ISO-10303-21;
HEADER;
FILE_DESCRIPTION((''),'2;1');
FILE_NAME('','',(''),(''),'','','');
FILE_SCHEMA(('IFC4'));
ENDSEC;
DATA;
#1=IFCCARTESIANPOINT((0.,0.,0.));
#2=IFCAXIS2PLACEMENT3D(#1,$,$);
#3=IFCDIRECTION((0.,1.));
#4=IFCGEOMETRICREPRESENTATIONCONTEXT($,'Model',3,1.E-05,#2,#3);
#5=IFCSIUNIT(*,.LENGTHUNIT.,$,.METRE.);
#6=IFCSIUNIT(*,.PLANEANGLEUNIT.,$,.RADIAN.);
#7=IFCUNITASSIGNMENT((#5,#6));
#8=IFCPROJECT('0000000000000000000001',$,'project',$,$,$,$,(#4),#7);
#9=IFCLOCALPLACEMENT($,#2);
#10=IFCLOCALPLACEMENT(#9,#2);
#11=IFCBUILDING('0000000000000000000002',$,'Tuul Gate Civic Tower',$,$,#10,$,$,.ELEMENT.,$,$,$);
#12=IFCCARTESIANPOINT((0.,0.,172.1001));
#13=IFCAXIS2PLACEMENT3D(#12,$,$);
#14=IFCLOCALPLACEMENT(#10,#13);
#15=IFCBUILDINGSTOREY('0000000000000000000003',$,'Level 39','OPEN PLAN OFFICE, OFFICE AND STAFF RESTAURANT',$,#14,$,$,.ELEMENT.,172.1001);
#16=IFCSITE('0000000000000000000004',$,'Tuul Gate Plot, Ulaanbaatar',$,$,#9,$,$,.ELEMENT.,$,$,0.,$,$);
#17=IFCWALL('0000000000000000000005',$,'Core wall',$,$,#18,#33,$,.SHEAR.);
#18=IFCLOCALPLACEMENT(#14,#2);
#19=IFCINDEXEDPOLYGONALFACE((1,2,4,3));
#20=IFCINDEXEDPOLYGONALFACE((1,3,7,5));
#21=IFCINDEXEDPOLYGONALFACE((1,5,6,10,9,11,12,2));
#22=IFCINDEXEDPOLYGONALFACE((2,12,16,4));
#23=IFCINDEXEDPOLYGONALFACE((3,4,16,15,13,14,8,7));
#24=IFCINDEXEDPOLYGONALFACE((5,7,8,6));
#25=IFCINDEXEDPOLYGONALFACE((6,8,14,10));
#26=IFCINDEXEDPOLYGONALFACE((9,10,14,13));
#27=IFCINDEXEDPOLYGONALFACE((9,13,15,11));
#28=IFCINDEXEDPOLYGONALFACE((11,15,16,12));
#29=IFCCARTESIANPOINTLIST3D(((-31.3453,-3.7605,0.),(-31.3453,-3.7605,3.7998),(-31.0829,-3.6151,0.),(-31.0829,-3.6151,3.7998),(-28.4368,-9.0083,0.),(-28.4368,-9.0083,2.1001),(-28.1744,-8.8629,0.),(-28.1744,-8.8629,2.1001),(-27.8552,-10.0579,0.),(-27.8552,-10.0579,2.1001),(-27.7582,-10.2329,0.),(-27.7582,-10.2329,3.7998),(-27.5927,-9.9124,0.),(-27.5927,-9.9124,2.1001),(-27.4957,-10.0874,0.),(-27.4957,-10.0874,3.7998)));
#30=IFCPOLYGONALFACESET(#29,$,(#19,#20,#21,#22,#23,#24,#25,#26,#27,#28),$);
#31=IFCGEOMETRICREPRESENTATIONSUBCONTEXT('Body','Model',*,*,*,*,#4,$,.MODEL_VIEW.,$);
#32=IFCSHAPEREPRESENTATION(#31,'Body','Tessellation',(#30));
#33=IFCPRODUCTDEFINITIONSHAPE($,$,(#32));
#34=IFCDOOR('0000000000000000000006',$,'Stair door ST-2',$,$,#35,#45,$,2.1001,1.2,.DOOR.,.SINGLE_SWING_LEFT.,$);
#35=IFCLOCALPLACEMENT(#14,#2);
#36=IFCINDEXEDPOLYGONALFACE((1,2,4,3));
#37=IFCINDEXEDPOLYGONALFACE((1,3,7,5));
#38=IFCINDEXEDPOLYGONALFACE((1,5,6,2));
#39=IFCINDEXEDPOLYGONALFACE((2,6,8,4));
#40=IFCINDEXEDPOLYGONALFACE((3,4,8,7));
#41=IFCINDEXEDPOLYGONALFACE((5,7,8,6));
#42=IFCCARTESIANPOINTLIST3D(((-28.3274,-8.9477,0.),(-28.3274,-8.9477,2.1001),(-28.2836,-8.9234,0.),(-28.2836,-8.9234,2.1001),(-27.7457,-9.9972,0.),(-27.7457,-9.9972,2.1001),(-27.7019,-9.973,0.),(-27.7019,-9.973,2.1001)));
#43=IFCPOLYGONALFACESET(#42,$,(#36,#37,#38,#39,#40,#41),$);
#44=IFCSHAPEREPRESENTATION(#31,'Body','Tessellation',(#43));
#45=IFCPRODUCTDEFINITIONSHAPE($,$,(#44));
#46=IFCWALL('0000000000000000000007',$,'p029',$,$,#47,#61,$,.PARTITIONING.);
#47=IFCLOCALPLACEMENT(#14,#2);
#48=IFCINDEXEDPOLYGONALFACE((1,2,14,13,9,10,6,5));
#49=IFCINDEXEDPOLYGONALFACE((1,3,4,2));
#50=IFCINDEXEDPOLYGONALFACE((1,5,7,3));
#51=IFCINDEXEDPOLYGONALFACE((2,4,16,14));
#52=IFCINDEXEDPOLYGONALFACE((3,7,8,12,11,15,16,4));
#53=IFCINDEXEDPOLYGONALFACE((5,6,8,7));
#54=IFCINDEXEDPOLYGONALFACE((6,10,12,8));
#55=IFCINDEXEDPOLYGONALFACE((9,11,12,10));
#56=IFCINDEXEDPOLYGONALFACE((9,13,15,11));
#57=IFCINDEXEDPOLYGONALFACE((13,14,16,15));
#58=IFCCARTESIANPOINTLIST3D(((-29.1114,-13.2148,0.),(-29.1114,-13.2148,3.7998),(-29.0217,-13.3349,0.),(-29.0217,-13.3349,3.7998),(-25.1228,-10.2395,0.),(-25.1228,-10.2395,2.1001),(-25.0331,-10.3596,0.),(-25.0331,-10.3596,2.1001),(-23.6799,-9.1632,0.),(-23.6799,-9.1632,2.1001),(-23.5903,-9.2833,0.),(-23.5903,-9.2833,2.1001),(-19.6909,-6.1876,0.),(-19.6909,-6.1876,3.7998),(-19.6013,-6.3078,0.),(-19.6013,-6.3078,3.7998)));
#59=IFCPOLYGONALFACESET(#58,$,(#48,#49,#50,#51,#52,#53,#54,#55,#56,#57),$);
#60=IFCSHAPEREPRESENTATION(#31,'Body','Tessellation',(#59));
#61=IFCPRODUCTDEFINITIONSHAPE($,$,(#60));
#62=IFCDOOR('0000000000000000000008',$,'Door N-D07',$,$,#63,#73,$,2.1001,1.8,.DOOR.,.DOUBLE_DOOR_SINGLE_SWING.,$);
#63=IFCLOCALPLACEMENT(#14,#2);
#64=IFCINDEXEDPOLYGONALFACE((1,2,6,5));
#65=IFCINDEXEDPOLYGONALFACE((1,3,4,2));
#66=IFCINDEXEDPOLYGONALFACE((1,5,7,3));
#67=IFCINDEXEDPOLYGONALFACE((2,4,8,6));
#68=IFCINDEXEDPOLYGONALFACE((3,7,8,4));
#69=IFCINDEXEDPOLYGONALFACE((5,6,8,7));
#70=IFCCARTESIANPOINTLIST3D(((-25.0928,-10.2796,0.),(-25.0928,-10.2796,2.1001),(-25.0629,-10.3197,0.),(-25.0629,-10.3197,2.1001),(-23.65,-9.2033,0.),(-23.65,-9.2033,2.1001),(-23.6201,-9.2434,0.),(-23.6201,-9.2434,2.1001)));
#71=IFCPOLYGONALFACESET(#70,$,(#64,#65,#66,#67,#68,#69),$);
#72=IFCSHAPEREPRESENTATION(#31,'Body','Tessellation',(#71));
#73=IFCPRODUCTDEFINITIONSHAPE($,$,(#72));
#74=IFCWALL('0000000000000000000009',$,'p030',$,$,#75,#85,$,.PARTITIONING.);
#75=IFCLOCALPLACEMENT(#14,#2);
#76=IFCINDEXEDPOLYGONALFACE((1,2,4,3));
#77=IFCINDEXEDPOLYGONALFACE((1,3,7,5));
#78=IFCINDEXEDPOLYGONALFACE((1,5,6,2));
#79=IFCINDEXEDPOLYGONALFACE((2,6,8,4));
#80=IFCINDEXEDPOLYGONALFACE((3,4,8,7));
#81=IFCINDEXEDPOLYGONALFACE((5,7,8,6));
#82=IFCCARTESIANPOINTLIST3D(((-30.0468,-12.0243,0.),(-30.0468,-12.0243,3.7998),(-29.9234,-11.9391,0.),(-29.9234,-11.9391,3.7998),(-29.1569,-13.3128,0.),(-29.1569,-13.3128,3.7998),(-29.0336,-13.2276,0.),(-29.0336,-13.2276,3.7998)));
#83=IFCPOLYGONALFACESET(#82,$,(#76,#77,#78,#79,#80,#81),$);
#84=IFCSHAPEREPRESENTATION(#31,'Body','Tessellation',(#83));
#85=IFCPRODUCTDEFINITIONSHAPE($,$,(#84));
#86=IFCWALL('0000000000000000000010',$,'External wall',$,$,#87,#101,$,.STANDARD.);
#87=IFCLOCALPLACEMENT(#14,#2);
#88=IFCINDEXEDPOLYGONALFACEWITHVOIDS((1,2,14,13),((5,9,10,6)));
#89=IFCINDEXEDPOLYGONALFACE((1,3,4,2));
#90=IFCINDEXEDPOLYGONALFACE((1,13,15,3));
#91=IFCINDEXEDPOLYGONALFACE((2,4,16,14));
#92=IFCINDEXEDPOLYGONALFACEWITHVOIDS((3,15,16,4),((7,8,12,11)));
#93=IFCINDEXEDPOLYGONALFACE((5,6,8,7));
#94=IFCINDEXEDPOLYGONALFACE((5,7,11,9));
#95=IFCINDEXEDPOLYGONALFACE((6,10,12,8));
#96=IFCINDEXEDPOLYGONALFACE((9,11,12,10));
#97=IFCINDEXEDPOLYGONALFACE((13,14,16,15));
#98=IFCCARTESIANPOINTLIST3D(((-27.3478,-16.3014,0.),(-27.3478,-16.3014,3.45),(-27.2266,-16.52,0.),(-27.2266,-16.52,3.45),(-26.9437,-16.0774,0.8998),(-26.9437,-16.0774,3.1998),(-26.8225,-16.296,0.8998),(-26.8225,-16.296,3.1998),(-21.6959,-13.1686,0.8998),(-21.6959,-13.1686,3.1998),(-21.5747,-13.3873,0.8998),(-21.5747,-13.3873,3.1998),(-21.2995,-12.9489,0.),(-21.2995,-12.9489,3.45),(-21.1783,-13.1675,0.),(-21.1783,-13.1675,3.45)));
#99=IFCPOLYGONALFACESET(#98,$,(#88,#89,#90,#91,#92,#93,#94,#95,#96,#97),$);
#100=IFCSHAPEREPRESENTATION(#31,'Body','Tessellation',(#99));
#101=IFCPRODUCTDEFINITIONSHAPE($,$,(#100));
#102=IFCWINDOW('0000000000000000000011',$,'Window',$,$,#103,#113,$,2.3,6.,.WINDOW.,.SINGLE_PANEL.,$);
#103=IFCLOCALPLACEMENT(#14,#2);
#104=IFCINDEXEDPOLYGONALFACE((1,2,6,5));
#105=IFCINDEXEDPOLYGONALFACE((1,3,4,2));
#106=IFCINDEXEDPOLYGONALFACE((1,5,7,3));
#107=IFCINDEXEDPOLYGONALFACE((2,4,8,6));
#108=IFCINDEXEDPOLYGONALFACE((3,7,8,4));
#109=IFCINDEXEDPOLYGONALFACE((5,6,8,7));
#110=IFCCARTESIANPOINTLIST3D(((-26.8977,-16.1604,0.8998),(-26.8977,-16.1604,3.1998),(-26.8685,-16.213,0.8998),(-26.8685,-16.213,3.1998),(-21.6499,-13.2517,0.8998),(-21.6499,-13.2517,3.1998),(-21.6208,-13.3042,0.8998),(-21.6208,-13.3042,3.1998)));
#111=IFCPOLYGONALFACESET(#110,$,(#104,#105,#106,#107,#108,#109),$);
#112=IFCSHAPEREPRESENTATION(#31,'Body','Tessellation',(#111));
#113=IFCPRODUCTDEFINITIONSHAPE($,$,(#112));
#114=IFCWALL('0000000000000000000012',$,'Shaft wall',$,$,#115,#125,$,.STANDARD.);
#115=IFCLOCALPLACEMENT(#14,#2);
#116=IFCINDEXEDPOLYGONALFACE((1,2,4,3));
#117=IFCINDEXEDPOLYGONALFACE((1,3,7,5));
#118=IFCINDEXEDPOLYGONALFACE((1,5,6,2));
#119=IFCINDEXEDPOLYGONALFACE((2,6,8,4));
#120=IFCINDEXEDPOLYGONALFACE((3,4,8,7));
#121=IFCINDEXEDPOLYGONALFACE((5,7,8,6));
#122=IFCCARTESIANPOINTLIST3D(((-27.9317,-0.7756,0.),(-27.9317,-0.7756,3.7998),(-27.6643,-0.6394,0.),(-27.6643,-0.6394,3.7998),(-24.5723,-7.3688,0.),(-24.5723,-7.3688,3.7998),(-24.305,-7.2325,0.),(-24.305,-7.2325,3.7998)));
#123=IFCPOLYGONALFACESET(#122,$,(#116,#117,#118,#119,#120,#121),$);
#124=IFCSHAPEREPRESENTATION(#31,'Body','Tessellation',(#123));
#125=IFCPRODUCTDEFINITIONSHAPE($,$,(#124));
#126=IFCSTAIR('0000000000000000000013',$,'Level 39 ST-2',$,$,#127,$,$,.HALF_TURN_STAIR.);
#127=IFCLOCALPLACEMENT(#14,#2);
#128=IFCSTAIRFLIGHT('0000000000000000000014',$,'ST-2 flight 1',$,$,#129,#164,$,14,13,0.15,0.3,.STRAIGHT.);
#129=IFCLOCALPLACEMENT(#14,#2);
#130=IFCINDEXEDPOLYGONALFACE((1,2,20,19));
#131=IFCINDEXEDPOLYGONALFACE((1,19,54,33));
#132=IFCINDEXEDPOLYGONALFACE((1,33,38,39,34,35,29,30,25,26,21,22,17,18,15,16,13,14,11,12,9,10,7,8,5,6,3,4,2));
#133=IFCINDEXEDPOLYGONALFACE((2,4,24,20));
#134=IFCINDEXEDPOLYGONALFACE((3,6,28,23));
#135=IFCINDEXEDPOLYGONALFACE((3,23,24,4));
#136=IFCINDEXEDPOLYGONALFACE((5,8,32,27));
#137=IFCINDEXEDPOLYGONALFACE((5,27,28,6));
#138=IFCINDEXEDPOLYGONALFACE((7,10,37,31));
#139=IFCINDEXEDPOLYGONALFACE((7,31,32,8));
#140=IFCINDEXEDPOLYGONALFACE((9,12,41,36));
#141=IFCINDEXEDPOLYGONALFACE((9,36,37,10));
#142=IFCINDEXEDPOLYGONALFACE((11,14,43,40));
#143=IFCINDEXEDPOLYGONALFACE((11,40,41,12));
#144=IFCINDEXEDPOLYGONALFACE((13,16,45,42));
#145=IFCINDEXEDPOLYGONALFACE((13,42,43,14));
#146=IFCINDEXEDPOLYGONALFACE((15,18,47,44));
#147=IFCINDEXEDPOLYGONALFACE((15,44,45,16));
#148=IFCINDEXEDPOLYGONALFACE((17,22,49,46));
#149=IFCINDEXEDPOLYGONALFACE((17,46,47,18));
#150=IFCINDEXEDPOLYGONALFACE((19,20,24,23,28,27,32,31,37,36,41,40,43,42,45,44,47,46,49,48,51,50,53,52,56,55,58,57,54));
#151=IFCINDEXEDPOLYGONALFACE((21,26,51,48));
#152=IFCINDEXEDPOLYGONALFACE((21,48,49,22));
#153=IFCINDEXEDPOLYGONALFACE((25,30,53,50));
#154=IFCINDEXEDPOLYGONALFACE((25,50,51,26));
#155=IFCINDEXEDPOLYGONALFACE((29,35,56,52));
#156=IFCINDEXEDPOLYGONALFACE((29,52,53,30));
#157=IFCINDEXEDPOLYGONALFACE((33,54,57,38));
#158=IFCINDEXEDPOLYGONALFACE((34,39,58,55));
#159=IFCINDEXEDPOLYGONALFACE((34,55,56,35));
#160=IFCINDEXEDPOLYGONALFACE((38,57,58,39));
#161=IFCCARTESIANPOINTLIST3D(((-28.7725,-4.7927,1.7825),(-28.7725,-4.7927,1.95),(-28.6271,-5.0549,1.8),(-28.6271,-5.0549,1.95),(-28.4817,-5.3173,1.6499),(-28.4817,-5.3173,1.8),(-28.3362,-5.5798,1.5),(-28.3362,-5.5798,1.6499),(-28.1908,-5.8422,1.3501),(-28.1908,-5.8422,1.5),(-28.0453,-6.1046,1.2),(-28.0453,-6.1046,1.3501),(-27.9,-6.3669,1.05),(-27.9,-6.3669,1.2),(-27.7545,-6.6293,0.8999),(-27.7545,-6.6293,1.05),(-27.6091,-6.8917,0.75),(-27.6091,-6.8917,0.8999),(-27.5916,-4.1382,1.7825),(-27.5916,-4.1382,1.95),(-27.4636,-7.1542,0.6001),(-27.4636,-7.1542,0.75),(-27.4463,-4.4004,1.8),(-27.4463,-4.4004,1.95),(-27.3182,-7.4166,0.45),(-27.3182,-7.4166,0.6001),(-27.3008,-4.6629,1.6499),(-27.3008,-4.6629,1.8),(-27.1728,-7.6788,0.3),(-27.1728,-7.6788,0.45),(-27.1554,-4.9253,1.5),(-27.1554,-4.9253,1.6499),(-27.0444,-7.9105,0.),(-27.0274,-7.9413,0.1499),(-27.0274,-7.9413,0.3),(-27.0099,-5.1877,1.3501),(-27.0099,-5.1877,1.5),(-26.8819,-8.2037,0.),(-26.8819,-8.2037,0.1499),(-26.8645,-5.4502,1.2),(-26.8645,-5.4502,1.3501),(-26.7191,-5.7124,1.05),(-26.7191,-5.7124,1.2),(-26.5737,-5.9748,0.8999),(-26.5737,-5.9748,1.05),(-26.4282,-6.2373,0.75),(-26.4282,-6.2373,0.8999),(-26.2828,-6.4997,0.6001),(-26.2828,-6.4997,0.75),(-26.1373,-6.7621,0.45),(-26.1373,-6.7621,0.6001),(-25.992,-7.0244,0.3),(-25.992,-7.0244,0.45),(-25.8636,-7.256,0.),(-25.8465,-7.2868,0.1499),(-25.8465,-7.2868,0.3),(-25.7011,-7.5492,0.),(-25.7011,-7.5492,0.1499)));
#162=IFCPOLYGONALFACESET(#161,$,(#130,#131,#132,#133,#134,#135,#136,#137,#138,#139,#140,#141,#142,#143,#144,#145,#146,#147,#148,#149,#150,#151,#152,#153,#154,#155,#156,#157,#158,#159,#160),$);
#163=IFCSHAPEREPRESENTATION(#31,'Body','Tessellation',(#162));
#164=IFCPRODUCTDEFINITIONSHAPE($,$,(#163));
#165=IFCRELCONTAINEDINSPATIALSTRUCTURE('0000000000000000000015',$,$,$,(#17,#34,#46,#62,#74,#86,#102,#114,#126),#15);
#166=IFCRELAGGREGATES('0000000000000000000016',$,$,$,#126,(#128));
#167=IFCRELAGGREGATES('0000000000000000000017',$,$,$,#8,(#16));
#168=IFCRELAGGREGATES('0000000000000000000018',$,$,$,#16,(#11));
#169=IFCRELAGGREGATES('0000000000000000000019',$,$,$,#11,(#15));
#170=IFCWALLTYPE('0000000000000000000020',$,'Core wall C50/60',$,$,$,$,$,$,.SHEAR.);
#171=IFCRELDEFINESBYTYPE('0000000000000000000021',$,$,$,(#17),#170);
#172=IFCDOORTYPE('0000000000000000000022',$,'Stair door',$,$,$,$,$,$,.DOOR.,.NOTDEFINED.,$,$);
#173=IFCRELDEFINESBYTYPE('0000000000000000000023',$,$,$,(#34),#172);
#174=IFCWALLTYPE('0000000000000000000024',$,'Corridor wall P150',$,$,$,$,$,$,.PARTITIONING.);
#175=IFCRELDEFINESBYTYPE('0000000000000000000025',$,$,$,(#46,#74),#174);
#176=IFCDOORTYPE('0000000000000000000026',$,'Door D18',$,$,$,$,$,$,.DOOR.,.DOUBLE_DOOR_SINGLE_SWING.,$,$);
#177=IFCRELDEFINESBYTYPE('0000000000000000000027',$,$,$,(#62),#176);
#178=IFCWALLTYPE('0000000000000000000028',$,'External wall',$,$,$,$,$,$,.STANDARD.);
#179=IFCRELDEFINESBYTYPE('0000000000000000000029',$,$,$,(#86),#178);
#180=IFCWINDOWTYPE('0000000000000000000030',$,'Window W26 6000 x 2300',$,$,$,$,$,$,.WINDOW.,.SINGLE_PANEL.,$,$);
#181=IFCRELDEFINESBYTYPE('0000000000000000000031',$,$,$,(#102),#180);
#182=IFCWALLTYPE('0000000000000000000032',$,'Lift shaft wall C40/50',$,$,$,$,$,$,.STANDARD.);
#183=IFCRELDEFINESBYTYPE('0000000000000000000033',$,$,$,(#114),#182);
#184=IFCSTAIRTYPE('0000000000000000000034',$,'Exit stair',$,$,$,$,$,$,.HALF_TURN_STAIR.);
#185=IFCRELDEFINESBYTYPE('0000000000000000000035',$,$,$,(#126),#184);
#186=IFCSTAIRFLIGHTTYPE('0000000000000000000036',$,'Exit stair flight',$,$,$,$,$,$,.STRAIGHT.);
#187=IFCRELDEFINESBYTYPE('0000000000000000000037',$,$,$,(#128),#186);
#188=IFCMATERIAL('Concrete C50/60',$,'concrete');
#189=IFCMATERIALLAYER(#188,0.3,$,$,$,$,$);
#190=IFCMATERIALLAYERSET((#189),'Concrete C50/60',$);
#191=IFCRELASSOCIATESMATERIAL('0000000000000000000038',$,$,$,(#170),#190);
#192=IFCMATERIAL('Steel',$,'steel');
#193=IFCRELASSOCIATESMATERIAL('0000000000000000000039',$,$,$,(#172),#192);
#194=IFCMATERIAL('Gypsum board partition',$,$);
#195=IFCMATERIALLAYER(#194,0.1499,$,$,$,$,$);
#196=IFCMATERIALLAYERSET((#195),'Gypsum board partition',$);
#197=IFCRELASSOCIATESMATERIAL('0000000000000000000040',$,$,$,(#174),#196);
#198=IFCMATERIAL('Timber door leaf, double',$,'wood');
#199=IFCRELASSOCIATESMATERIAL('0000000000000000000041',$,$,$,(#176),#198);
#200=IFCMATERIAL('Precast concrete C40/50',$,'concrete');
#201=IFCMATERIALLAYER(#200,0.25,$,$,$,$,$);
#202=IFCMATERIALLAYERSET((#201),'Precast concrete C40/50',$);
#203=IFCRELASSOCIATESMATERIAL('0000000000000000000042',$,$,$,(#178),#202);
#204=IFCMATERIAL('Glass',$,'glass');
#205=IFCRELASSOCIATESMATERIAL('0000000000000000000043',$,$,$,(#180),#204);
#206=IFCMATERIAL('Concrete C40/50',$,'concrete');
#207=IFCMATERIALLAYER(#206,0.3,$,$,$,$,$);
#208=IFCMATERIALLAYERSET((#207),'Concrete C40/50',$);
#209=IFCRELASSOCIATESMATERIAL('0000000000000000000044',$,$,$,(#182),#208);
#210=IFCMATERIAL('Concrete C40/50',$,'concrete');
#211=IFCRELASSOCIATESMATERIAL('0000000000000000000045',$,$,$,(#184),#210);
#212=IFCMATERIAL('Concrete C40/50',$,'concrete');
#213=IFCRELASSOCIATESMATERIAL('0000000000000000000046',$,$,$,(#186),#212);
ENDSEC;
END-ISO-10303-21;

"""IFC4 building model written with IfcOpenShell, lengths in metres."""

from ifc_helpers import new_model, si_unit, direction, frame, frame_2d, origin, place, context, subcontext, project, spatial, polyline, rectangle, outline, extrude, material, layer, layer_set, type_object, element, fill, aggregate, save


model = new_model("IFC4")

# Units and contexts
model_context = context("Model", 3, precision=1e-05, world=origin(), true_north=direction((0.0, 1.0)))
body_context = subcontext(model_context, "Body", "Model", "MODEL_VIEW")
ifc_project = project(units=[si_unit("LENGTHUNIT", "METRE"), si_unit("PLANEANGLEUNIT", "RADIAN")], contexts=[model_context])

# Site, building, storey
site_placement = place(None, origin())
site = spatial("IfcSite", under=ifc_project, at=site_placement, Name="Tuul Gate Plot, Ulaanbaatar", CompositionType="ELEMENT", RefElevation=0.0)
building_placement = place(site_placement, origin())
building = spatial("IfcBuilding", under=site, at=building_placement, Name="Tuul Gate Civic Tower", CompositionType="ELEMENT")
storey_placement = place(building_placement, frame((0.0, 0.0, 172.1001)))
storey = spatial("IfcBuildingStorey", under=building, at=storey_placement, Name="Level 39", Description="OPEN PLAN OFFICE, OFFICE AND STAFF RESTAURANT", CompositionType="ELEMENT", Elevation=172.1001)

# Shared definitions
ifc_material_1 = material(Name="Concrete C50/60", Category="concrete")
ifc_layer_1 = layer(ifc_material_1, 0.3)
ifc_layer_set_1 = layer_set([ifc_layer_1], Name="Concrete C50/60")
wall_type_1 = type_object("IfcWallType", Name="Core wall C50/60", PredefinedType="SHEAR", material=ifc_layer_set_1)

# Walls, openings, doors
wall_1_placement = place(storey_placement, frame((-27.627, -10.1602, 0.0), z_axis=(0.0, 0.0, 1.0), x_axis=(-0.484752, 0.874652, 0.0)))
wall_1 = element("IfcWall", 1, at=wall_1_placement, inside=storey, type_object=wall_type_1, Name="Core wall", PredefinedType="SHEAR", context=body_context, shape_type="SweptSolid", body=[
    extrude(rectangle(XDim=7.3999, YDim=0.3, at=frame_2d((3.7, 0.0))), origin(), (0.0, 0.0, 1.0), 3.7998),
])
opening_1_placement = place(wall_1_placement, frame((0.2, 0.0, 0.0)))
opening_1 = element("IfcOpeningElement", 2, at=opening_1_placement, cuts=wall_1, PredefinedType="OPENING", context=body_context, shape_type="SweptSolid", body=[
    extrude(rectangle(XDim=1.2, YDim=2.1001, at=frame_2d((0.6001, 1.05))), frame((0.0, 0.1602, 0.0), z_axis=(0.0, -1.0, 0.0), x_axis=(1.0, 0.0, 0.0)), (0.0, 0.0, 1.0), 0.3201),
])
ifc_material_2 = material(Name="Steel", Category="steel")
door_type_1 = type_object("IfcDoorType", Name="Stair door", OperationType="NOTDEFINED", PredefinedType="DOOR", material=ifc_material_2)
door_1_placement = place(opening_1_placement, origin())
door_1 = element("IfcDoor", 3, at=door_1_placement, inside=storey, type_object=door_type_1, Name="Stair door ST-2", OperationType="SINGLE_SWING_LEFT", OverallHeight=2.1001, OverallWidth=1.2, PredefinedType="DOOR", context=body_context, shape_type="SweptSolid", body=[
    extrude(rectangle(XDim=1.2, YDim=2.1001, at=frame_2d((0.6001, 1.05))), frame((0.0, 0.0249, 0.0), z_axis=(0.0, -1.0, 0.0), x_axis=(1.0, 0.0, 0.0)), (0.0, 0.0, 1.0), 0.05),
])
fill(opening_1, door_1)
ifc_material_3 = material(Name="Gypsum board partition")
ifc_layer_2 = layer(ifc_material_3, 0.1499)
ifc_layer_set_2 = layer_set([ifc_layer_2], Name="Gypsum board partition")
wall_type_2 = type_object("IfcWallType", Name="Corridor wall P150", PredefinedType="PARTITIONING", material=ifc_layer_set_2)
wall_2_placement = place(storey_placement, frame((-29.0667, -13.2749, 0.0), z_axis=(0.0, 0.0, 1.0), x_axis=(0.801558, 0.597917, 0.0)))
wall_2 = element("IfcWall", 4, at=wall_2_placement, inside=storey, type_object=wall_type_2, Name="p029", PredefinedType="PARTITIONING", context=body_context, shape_type="SweptSolid", body=[
    extrude(rectangle(XDim=11.7527, YDim=0.1499, at=frame_2d((5.8765, 0.0))), origin(), (0.0, 0.0, 1.0), 3.7998),
])
opening_2_placement = place(wall_2_placement, frame((4.9763, 0.0, 0.0)))
opening_2 = element("IfcOpeningElement", 5, at=opening_2_placement, cuts=wall_2, PredefinedType="OPENING", context=body_context, shape_type="SweptSolid", body=[
    extrude(rectangle(XDim=1.8, YDim=2.1001, at=frame_2d((0.8999, 1.05))), frame((0.0, 0.085, 0.0), z_axis=(0.0, -1.0, 0.0), x_axis=(1.0, 0.0, 0.0)), (0.0, 0.0, 1.0), 0.1699),
])
ifc_material_4 = material(Name="Timber door leaf, double", Category="wood")
door_type_2 = type_object("IfcDoorType", Name="Door D18", OperationType="DOUBLE_DOOR_SINGLE_SWING", PredefinedType="DOOR", material=ifc_material_4)
door_2_placement = place(opening_2_placement, origin())
door_2 = element("IfcDoor", 6, at=door_2_placement, inside=storey, type_object=door_type_2, Name="Door N-D07", OperationType="DOUBLE_DOOR_SINGLE_SWING", OverallHeight=2.1001, OverallWidth=1.8, PredefinedType="DOOR", context=body_context, shape_type="SweptSolid", body=[
    extrude(rectangle(XDim=1.8, YDim=2.1001, at=frame_2d((0.8999, 1.05))), frame((0.0, 0.0249, 0.0), z_axis=(0.0, -1.0, 0.0), x_axis=(1.0, 0.0, 0.0)), (0.0, 0.0, 1.0), 0.05),
])
fill(opening_2, door_2)

# Wall
wall_3_placement = place(storey_placement, frame((-29.9851, -11.9817, 0.0), z_axis=(0.0, 0.0, 1.0), x_axis=(0.568261, -0.822848, 0.0)))
element("IfcWall", 7, at=wall_3_placement, inside=storey, type_object=wall_type_2, Name="p030", PredefinedType="PARTITIONING", context=body_context, shape_type="SweptSolid", body=[
    extrude(rectangle(XDim=1.5659, YDim=0.1499, at=frame_2d((0.783, 0.0))), origin(), (0.0, 0.0, 1.0), 3.7998),
])

# Wall, opening, window
ifc_material_5 = material(Name="Precast concrete C40/50", Category="concrete")
ifc_layer_3 = layer(ifc_material_5, 0.25)
ifc_layer_set_3 = layer_set([ifc_layer_3], Name="Precast concrete C40/50")
wall_type_3 = type_object("IfcWallType", Name="External wall", PredefinedType="STANDARD", material=ifc_layer_set_3)
wall_4_placement = place(storey_placement, frame((-27.2871, -16.4106, 0.0), z_axis=(0.0, 0.0, 1.0), x_axis=(0.874626, 0.484797, 0.0)))
wall_4 = element("IfcWall", 8, at=wall_4_placement, inside=storey, type_object=wall_type_3, Name="External wall", PredefinedType="STANDARD", context=body_context, shape_type="SweptSolid", body=[
    extrude(rectangle(XDim=6.9153, YDim=0.25, at=frame_2d((3.4575, 0.0))), origin(), (0.0, 0.0, 1.0), 3.45),
])
opening_3_placement = place(wall_4_placement, frame((0.4619, 0.0, 0.8999)))
opening_3 = element("IfcOpeningElement", 9, at=opening_3_placement, cuts=wall_4, PredefinedType="OPENING", context=body_context, shape_type="SweptSolid", body=[
    extrude(rectangle(XDim=6.0, YDim=2.3, at=frame_2d((3.0, 1.1499))), frame((0.0, 0.135, 0.0), z_axis=(0.0, -1.0, 0.0), x_axis=(1.0, 0.0, 0.0)), (0.0, 0.0, 1.0), 0.27),
])
ifc_material_6 = material(Name="Glass", Category="glass")
window_type = type_object("IfcWindowType", Name="Window W26 6000 x 2300", PartitioningType="SINGLE_PANEL", PredefinedType="WINDOW", material=ifc_material_6)
window_placement = place(opening_3_placement, origin())
window = element("IfcWindow", 10, at=window_placement, inside=storey, type_object=window_type, Name="Window", OverallHeight=2.3, OverallWidth=6.0, PartitioningType="SINGLE_PANEL", PredefinedType="WINDOW", context=body_context, shape_type="SweptSolid", body=[
    extrude(rectangle(XDim=6.0, YDim=2.3, at=frame_2d((3.0, 1.1499))), frame((0.0, 0.03, 0.0), z_axis=(0.0, -1.0, 0.0), x_axis=(1.0, 0.0, 0.0)), (0.0, 0.0, 1.0), 0.0601),
])
fill(opening_3, window)

# Wall
ifc_material_7 = material(Name="Concrete C40/50", Category="concrete")
ifc_layer_4 = layer(ifc_material_7, 0.3)
ifc_layer_set_4 = layer_set([ifc_layer_4], Name="Concrete C40/50")
wall_type_4 = type_object("IfcWallType", Name="Lift shaft wall C40/50", PredefinedType="STANDARD", material=ifc_layer_set_4)
wall_5_placement = place(storey_placement, frame((-24.4387, -7.3005, 0.0), z_axis=(0.0, 0.0, 1.0), x_axis=(-0.453984, 0.89101, 0.0)))
element("IfcWall", 11, at=wall_5_placement, inside=storey, type_object=wall_type_4, Name="Shaft wall", PredefinedType="STANDARD", context=body_context, shape_type="SweptSolid", body=[
    extrude(rectangle(XDim=7.3997, YDim=0.3, at=frame_2d((3.6997, 0.0))), origin(), (0.0, 0.0, 1.0), 3.7998),
])

# Stair, stair flight
ifc_material_8 = material(Name="Concrete C40/50", Category="concrete")
stair_type = type_object("IfcStairType", Name="Exit stair", PredefinedType="HALF_TURN_STAIR", material=ifc_material_8)
stair_placement = place(storey_placement, origin())
stair = element("IfcStair", 12, at=stair_placement, inside=storey, type_object=stair_type, Name="Level 39 ST-2", PredefinedType="HALF_TURN_STAIR")
ifc_material_9 = material(Name="Concrete C40/50", Category="concrete")
stair_flight_type = type_object("IfcStairFlightType", Name="Exit stair flight", PredefinedType="STRAIGHT", material=ifc_material_9)
stair_flight_placement = place(storey_placement, frame((-26.2915, -7.8765, 0.0), z_axis=(0.0, 0.0, 1.0), x_axis=(-0.484762, 0.874646, 0.0)))
stair_flight = element("IfcStairFlight", 13, at=stair_flight_placement, type_object=stair_flight_type, Name="ST-2 flight 1", NumberOfRisers=14, NumberOfTreads=13, PredefinedType="STRAIGHT", RiserHeight=0.15, TreadLength=0.3, context=body_context, shape_type="SweptSolid", body=[
    extrude(outline(polyline([(0.0, 0.0), (0.0, 0.1499), (0.3, 0.1499), (0.3, 0.3), (0.6001, 0.3), (0.6001, 0.45), (0.8999, 0.45), (0.8999, 0.6001), (1.2, 0.6001), (1.2, 0.75), (1.5, 0.75), (1.5, 0.8999), (1.8, 0.8999), (1.8, 1.05), (2.1001, 1.05), (2.1001, 1.2), (2.3999, 1.2), (2.3999, 1.3501), (2.7, 1.3501), (2.7, 1.5), (3.0, 1.5), (3.0, 1.6499), (3.3, 1.6499), (3.3, 1.8), (3.6001, 1.8), (3.6001, 1.95), (3.8999, 1.95), (3.8999, 2.1001), (3.8999, 1.7825), (0.3352, 0.0), (0.0, 0.0)])), frame((0.0, 0.675, 0.0), z_axis=(0.0, -1.0, 0.0), x_axis=(1.0, 0.0, 0.0)), (0.0, 0.0, 1.0), 1.3501),
])
aggregate(stair, [stair_flight])

save(model, "model.ifc")
